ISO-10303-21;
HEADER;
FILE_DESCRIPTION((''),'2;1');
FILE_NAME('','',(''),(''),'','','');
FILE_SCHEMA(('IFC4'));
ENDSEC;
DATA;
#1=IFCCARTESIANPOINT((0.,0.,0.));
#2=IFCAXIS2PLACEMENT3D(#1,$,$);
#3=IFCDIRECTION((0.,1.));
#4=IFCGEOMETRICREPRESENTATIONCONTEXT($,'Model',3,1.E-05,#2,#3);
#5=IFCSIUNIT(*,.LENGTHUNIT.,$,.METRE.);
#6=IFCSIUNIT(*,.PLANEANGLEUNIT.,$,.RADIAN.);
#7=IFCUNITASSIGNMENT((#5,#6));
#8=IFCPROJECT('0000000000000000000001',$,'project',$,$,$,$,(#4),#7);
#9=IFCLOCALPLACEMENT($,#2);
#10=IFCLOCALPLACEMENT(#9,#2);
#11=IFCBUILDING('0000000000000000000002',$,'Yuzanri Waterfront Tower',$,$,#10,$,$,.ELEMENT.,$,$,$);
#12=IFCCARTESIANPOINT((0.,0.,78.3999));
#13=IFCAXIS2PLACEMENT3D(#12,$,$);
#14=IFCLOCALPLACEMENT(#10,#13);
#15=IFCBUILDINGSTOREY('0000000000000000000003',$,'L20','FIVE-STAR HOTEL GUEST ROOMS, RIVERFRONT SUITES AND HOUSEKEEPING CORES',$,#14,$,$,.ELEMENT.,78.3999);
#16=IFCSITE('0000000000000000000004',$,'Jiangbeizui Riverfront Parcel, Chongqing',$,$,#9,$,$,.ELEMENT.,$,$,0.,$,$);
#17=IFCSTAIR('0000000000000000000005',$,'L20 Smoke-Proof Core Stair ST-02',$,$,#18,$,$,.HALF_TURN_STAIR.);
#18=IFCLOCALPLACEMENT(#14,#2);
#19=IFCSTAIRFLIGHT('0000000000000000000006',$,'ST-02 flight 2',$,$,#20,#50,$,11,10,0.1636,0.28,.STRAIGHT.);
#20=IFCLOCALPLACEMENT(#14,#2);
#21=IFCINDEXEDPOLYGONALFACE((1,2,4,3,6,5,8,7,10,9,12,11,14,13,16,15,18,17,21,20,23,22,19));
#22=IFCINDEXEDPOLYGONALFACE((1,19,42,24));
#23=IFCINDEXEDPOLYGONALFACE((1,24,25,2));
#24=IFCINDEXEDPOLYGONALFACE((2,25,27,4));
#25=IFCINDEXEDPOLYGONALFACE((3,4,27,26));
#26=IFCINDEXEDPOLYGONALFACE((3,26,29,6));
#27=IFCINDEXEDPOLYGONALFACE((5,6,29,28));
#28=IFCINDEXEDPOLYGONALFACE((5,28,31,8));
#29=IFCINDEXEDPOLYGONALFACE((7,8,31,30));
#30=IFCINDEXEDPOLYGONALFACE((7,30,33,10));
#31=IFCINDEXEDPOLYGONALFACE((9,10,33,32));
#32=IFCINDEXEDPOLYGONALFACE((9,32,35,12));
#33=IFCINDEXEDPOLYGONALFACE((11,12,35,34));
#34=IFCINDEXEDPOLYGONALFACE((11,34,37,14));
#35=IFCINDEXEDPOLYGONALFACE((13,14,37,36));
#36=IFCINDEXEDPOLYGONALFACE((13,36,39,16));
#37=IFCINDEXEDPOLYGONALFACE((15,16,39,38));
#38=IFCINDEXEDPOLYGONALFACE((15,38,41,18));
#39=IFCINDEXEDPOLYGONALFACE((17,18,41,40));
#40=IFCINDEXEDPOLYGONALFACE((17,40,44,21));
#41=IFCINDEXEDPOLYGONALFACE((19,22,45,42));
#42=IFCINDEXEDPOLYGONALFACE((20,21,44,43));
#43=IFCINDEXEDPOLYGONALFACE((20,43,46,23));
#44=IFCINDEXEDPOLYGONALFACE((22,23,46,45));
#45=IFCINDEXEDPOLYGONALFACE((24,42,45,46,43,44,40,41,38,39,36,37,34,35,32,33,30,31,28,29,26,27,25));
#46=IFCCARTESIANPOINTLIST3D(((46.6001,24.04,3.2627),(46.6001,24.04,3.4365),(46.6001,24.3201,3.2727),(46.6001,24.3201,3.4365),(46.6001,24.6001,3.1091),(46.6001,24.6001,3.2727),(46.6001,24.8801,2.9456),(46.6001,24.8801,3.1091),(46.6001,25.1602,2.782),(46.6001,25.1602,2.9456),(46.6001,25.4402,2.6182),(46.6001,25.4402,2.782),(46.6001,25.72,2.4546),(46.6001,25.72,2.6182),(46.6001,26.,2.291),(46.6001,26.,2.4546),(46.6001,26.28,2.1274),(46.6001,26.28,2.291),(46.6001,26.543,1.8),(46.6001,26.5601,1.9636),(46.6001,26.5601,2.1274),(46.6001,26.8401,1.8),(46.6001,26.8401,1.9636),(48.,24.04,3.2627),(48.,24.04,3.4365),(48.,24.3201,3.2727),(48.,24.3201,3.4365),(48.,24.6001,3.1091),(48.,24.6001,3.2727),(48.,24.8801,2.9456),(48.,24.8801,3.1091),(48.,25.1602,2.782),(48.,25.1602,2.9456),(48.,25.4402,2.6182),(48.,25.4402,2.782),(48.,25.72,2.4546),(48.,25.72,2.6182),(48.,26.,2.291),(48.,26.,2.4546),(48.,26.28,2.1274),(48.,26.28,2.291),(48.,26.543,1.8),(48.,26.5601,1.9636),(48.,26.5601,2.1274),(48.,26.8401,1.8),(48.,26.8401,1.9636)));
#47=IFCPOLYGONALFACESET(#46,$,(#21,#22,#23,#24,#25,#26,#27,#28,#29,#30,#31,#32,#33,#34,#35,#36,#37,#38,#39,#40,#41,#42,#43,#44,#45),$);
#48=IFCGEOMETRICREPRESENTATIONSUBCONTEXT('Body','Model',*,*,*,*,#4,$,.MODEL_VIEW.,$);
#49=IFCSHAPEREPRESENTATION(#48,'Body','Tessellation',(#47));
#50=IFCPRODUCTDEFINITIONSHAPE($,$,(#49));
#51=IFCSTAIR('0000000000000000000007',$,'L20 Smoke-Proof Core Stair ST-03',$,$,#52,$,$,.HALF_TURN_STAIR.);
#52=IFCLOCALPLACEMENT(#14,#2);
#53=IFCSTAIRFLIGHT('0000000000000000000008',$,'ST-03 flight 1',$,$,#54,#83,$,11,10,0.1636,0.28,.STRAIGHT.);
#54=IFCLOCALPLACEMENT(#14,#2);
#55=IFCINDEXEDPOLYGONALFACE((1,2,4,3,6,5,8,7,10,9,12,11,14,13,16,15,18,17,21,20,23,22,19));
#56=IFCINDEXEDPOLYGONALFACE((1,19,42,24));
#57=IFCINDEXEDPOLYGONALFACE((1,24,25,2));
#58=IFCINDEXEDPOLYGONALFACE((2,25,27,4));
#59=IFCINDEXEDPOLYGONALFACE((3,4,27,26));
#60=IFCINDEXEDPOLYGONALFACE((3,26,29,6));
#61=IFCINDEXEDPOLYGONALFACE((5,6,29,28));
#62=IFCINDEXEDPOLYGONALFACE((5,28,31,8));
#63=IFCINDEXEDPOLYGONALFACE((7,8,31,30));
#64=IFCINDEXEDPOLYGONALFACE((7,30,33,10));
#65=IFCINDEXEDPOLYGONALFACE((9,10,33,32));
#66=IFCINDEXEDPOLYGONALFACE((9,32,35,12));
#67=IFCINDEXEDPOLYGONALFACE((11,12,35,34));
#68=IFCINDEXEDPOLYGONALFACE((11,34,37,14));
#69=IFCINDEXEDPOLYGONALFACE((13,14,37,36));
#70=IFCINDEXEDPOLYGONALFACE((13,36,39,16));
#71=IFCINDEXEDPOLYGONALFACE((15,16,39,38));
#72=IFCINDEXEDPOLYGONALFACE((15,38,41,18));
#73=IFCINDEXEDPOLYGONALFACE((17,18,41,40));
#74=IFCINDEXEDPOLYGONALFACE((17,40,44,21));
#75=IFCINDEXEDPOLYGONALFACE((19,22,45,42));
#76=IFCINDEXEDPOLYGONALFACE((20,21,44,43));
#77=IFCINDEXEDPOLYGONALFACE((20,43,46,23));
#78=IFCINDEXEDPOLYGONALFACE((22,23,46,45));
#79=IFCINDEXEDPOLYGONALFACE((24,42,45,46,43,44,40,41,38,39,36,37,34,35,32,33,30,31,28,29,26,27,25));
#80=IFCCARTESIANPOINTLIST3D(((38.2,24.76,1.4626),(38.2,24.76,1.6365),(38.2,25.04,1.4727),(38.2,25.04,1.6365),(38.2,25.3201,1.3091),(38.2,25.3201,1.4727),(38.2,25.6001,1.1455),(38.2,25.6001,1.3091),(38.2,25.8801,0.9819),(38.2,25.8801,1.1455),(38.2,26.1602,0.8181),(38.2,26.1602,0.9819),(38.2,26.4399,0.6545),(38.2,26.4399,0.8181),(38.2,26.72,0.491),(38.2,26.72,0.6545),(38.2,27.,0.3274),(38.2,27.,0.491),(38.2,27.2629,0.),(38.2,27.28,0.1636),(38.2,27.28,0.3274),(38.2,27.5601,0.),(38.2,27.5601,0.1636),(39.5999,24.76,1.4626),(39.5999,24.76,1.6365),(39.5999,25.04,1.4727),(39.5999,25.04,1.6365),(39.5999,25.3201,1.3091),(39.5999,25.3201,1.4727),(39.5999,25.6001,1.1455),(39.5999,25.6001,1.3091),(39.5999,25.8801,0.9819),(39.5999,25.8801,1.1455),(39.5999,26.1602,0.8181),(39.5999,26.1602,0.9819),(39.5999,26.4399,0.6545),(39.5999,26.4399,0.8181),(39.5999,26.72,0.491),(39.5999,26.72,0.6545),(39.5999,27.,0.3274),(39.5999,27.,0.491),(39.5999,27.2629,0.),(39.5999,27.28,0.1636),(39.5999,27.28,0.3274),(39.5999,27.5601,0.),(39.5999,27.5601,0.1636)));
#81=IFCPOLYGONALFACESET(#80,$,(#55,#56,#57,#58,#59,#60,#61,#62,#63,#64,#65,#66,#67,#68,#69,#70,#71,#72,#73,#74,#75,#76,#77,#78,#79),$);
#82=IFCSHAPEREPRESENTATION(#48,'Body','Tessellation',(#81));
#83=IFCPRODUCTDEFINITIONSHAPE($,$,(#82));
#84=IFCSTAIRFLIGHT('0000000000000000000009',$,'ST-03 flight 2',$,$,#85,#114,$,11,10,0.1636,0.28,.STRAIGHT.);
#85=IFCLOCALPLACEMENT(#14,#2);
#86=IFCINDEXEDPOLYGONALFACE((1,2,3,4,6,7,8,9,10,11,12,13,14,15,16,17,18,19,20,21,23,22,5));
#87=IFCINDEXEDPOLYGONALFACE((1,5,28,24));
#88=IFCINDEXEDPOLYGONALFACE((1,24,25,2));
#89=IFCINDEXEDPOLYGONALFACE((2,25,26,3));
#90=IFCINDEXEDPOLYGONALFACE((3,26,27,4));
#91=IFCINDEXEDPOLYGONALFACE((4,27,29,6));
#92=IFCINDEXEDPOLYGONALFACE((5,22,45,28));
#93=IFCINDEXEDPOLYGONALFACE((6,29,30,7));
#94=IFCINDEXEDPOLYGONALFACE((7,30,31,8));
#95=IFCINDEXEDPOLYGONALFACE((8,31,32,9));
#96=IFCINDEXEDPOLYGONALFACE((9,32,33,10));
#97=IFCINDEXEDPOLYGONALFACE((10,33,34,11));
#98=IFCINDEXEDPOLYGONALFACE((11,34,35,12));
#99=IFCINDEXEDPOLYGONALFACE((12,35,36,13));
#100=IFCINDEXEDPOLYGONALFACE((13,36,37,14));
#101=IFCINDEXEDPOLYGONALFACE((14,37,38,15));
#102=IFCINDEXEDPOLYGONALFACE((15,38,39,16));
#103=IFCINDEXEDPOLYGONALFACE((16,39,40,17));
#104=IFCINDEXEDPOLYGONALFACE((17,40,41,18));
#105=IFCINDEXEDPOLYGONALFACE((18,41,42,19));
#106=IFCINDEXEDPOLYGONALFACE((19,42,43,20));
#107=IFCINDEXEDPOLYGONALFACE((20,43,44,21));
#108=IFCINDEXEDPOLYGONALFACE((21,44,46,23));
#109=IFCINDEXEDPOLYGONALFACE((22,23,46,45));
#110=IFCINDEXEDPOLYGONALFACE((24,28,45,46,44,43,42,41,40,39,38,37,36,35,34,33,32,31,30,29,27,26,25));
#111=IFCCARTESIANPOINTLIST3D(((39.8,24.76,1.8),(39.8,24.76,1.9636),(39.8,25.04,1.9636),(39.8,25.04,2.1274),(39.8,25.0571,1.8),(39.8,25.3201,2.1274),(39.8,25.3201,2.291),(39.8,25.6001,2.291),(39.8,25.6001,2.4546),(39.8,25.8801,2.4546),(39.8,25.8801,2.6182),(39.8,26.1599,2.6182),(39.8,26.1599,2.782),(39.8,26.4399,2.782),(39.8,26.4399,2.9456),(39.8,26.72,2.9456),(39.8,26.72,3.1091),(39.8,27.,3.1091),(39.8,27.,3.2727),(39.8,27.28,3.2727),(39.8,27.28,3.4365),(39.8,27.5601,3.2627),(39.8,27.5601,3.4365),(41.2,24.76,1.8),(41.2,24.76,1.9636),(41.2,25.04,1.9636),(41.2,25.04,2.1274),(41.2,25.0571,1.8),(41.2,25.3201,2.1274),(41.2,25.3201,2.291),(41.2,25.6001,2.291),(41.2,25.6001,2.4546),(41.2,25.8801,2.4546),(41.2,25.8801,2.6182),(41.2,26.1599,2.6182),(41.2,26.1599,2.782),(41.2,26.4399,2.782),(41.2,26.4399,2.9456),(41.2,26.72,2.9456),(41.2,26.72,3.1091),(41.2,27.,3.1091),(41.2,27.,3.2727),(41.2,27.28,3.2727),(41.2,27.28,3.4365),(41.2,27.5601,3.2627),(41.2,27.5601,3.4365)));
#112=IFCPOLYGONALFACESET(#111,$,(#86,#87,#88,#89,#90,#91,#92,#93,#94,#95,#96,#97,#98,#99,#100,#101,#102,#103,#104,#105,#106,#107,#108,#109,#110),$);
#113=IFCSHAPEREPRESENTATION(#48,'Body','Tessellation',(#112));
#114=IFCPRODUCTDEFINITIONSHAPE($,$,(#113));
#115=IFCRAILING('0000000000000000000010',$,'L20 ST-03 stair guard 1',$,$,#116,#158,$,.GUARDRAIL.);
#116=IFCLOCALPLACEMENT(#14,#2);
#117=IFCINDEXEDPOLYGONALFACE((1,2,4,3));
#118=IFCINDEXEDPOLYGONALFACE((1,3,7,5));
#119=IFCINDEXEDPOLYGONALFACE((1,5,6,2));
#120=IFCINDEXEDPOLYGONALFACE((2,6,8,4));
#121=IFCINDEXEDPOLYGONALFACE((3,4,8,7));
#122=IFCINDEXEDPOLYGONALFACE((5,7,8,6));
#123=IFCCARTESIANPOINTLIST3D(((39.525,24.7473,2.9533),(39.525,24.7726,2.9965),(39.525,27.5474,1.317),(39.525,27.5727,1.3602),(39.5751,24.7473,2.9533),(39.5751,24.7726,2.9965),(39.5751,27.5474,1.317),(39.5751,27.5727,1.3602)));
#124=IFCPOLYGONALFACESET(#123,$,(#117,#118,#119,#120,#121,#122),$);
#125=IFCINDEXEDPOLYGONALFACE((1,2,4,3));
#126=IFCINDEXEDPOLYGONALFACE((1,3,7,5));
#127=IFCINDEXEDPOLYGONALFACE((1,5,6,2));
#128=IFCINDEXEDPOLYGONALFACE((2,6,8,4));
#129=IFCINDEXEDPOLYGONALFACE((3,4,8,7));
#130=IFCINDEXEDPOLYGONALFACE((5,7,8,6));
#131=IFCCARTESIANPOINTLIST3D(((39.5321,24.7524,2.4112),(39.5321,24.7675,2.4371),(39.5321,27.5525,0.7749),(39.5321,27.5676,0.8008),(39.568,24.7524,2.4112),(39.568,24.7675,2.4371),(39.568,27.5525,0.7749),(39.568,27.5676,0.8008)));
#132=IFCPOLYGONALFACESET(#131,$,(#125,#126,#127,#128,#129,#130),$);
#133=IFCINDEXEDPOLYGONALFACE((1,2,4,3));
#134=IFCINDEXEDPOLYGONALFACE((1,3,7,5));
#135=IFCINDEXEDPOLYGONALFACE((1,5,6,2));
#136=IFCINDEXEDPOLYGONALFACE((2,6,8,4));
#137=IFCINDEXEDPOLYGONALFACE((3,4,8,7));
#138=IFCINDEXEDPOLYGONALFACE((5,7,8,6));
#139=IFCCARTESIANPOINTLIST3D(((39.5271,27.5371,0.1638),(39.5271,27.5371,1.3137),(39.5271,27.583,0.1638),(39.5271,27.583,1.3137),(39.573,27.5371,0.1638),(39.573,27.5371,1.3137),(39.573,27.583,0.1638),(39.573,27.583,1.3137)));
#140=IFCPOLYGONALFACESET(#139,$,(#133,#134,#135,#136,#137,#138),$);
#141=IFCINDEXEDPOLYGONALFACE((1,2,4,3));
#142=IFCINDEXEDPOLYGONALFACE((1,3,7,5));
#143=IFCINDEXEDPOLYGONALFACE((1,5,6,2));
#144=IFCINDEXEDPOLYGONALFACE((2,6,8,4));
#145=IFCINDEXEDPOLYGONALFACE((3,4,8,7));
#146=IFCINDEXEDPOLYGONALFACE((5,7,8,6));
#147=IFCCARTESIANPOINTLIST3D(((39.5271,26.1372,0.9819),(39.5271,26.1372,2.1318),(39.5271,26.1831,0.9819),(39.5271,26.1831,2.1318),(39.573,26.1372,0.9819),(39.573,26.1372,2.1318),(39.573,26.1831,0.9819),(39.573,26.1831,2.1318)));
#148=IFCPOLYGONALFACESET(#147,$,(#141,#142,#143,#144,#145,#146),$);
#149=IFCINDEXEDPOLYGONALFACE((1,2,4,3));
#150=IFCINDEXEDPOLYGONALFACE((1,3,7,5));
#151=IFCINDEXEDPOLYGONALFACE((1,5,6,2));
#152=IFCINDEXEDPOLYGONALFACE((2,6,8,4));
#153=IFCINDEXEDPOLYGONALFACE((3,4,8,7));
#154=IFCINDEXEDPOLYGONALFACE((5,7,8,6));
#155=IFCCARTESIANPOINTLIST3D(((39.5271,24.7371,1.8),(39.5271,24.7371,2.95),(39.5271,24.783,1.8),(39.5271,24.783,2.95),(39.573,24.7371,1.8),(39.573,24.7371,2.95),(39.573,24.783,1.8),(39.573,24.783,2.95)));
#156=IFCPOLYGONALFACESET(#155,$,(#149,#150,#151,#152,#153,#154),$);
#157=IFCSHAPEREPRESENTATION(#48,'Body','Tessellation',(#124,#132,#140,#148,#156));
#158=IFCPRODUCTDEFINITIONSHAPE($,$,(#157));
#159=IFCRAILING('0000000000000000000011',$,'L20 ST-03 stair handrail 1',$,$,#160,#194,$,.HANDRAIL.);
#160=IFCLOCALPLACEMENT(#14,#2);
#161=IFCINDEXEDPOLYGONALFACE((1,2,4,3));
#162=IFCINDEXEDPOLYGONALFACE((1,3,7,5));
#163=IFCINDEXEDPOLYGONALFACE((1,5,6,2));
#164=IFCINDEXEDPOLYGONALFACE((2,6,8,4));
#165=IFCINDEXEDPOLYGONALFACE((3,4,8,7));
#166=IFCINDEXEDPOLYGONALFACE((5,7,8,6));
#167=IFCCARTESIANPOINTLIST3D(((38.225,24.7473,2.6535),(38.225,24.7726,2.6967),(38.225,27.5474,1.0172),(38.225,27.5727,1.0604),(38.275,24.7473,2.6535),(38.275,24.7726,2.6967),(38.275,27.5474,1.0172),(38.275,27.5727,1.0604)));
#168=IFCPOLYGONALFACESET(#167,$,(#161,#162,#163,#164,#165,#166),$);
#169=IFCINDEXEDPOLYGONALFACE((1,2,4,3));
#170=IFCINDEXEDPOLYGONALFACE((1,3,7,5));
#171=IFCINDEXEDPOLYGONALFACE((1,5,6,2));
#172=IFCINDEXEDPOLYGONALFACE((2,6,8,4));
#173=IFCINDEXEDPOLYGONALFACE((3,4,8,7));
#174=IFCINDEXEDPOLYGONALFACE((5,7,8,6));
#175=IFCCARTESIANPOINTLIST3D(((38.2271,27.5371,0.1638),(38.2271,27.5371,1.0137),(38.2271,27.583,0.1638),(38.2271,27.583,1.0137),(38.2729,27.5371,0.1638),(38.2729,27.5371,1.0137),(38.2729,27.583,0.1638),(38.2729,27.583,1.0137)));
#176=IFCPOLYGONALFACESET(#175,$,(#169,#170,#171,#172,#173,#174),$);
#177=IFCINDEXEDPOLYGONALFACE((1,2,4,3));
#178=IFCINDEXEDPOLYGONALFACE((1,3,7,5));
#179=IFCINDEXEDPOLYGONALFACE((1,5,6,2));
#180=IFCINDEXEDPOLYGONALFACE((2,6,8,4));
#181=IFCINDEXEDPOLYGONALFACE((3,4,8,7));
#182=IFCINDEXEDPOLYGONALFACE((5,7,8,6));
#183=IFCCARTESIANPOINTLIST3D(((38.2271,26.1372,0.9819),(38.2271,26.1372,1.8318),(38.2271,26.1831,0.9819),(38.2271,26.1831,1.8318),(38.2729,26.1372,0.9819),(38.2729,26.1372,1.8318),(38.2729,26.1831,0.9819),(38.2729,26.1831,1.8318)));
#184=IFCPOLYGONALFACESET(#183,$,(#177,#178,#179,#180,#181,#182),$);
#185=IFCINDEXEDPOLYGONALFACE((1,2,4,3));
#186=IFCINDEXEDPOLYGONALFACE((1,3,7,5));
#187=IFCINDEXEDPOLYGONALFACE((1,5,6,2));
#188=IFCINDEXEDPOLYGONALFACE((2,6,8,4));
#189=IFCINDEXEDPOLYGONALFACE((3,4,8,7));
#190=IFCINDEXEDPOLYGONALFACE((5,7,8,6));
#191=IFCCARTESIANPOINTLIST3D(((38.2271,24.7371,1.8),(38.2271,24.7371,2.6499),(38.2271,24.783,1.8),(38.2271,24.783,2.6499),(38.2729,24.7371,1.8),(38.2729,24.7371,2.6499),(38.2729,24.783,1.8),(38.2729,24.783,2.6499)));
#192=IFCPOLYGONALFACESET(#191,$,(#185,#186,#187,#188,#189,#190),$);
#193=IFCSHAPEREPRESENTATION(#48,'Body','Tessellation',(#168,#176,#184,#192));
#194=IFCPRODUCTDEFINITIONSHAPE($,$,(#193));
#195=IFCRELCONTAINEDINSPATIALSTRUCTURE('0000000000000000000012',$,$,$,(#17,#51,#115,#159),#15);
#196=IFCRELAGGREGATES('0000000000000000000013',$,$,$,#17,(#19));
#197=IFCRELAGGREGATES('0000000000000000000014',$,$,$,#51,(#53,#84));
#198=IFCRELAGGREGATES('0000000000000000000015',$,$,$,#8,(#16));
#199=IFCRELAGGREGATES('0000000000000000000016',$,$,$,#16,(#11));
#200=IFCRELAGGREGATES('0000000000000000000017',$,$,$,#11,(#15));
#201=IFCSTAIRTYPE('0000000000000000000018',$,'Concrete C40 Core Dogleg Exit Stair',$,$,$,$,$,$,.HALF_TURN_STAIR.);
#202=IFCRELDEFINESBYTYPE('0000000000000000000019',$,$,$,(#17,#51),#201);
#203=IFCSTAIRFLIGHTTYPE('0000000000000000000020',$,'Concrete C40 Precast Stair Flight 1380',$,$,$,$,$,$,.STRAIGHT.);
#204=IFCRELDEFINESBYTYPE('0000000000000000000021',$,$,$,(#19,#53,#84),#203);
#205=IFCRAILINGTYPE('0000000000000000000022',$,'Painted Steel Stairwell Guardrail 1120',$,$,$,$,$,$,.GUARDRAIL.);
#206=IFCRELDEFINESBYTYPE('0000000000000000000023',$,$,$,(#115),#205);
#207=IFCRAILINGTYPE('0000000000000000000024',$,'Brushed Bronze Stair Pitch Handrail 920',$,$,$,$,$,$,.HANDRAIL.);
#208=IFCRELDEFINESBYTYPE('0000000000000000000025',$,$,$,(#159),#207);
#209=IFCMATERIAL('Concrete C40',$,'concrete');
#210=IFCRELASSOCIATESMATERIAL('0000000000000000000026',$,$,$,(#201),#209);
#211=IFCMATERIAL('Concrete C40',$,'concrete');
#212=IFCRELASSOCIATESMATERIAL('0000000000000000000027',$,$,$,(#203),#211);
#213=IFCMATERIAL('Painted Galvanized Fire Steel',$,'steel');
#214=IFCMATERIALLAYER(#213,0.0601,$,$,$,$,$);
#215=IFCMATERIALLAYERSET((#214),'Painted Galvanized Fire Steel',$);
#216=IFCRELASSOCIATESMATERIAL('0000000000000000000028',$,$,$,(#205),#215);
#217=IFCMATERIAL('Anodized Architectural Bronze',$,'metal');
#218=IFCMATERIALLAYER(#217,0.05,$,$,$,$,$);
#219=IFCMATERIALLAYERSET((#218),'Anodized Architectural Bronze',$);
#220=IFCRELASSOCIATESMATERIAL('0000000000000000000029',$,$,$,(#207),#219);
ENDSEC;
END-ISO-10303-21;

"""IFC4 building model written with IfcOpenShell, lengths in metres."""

from ifc_helpers import new_model, si_unit, direction, frame, origin, origin_2d, place, context, subcontext, project, spatial, polyline, rectangle, outline, extrude, source, transform, mapped, material, layer, layer_set, type_object, element, aggregate, save


model = new_model("IFC4")

# Units and contexts
model_context = context("Model", 3, precision=1e-05, world=origin(), true_north=direction((0.0, 1.0)))
body_context = subcontext(model_context, "Body", "Model", "MODEL_VIEW")
ifc_project = project(units=[si_unit("LENGTHUNIT", "METRE"), si_unit("PLANEANGLEUNIT", "RADIAN")], contexts=[model_context])

# Site, building, storey
site_placement = place(None, origin())
site = spatial("IfcSite", under=ifc_project, at=site_placement, Name="Jiangbeizui Riverfront Parcel, Chongqing", CompositionType="ELEMENT", RefElevation=0.0)
building_placement = place(site_placement, origin())
building = spatial("IfcBuilding", under=site, at=building_placement, Name="Yuzanri Waterfront Tower", CompositionType="ELEMENT")
storey_placement = place(building_placement, frame((0.0, 0.0, 78.3999)))
storey = spatial("IfcBuildingStorey", under=building, at=storey_placement, Name="L20", Description="FIVE-STAR HOTEL GUEST ROOMS, RIVERFRONT SUITES AND HOUSEKEEPING CORES", CompositionType="ELEMENT", Elevation=78.3999)

# Stair, stair flight
ifc_material_1 = material(Name="Concrete C40", Category="concrete")
stair_type = type_object("IfcStairType", Name="Concrete C40 Core Dogleg Exit Stair", PredefinedType="HALF_TURN_STAIR", material=ifc_material_1)
stair_1_placement = place(storey_placement, origin())
stair_1 = element("IfcStair", 1, at=stair_1_placement, inside=storey, type_object=stair_type, Name="L20 Smoke-Proof Core Stair ST-02", PredefinedType="HALF_TURN_STAIR")
ifc_material_2 = material(Name="Concrete C40", Category="concrete")
stair_flight_type = type_object("IfcStairFlightType", Name="Concrete C40 Precast Stair Flight 1380", PredefinedType="STRAIGHT", material=ifc_material_2)
shared_shape_1 = source(origin(), body_context, "Body", "SweptSolid", [
    extrude(outline(polyline([(0.0, 0.0), (0.0, 0.1636), (0.28, 0.1636), (0.28, 0.3274), (0.5601, 0.3274), (0.5601, 0.491), (0.8401, 0.491), (0.8401, 0.6545), (1.1201, 0.6545), (1.1201, 0.8181), (1.3999, 0.8181), (1.3999, 0.9819), (1.6799, 0.9819), (1.6799, 1.1455), (1.96, 1.1455), (1.96, 1.3091), (2.24, 1.3091), (2.24, 1.4727), (2.52, 1.4727), (2.52, 1.6365), (2.8, 1.6365), (2.8, 1.8), (2.8, 1.4626), (0.2971, 0.0), (0.0, 0.0)])), frame((0.0, 0.7, 0.0), z_axis=(0.0, -1.0, 0.0), x_axis=(1.0, 0.0, 0.0)), (0.0, 0.0, 1.0), 1.3999),
])
stair_flight_1_placement = place(storey_placement, frame((47.3, 26.8401, 1.8), z_axis=(0.0, 0.0, 1.0), x_axis=(0.0, -1.0, 0.0)))
stair_flight_1 = element("IfcStairFlight", 2, at=stair_flight_1_placement, type_object=stair_flight_type, Name="ST-02 flight 2", NumberOfRisers=11, NumberOfTreads=10, PredefinedType="STRAIGHT", RiserHeight=0.1636, TreadLength=0.28, context=body_context, shape_type="MappedRepresentation", body=[
    mapped(shared_shape_1, transform((0.0, 0.0, 0.0), scale=1.0)),
])
aggregate(stair_1, [stair_flight_1])

# Stair, stair flights
stair_2_placement = place(storey_placement, origin())
stair_2 = element("IfcStair", 3, at=stair_2_placement, inside=storey, type_object=stair_type, Name="L20 Smoke-Proof Core Stair ST-03", PredefinedType="HALF_TURN_STAIR")
stair_flight_2_placement = place(storey_placement, frame((38.8999, 27.5601, 0.0), z_axis=(0.0, 0.0, 1.0), x_axis=(0.0, -1.0, 0.0)))
stair_flight_2 = element("IfcStairFlight", 4, at=stair_flight_2_placement, type_object=stair_flight_type, Name="ST-03 flight 1", NumberOfRisers=11, NumberOfTreads=10, PredefinedType="STRAIGHT", RiserHeight=0.1636, TreadLength=0.28, context=body_context, shape_type="MappedRepresentation", body=[
    mapped(shared_shape_1, transform((0.0, 0.0, 0.0), scale=1.0)),
])
stair_flight_3_placement = place(storey_placement, frame((40.5, 24.76, 1.8), z_axis=(0.0, 0.0, 1.0), x_axis=(0.0, 1.0, 0.0)))
stair_flight_3 = element("IfcStairFlight", 5, at=stair_flight_3_placement, type_object=stair_flight_type, Name="ST-03 flight 2", NumberOfRisers=11, NumberOfTreads=10, PredefinedType="STRAIGHT", RiserHeight=0.1636, TreadLength=0.28, context=body_context, shape_type="MappedRepresentation", body=[
    mapped(shared_shape_1, transform((0.0, 0.0, 0.0), scale=1.0)),
])
aggregate(stair_2, [stair_flight_2, stair_flight_3])

# Railings
ifc_material_3 = material(Name="Painted Galvanized Fire Steel", Category="steel")
ifc_layer_1 = layer(ifc_material_3, 0.0601)
ifc_layer_set_1 = layer_set([ifc_layer_1], Name="Painted Galvanized Fire Steel")
railing_type_1 = type_object("IfcRailingType", Name="Painted Steel Stairwell Guardrail 1120", PredefinedType="GUARDRAIL", material=ifc_layer_set_1)
shared_shape_2 = source(origin(), body_context, "Body", "SweptSolid", [
    extrude(rectangle(XDim=0.05, YDim=0.05, at=origin_2d()), frame((0.0, 0.0, 1.1748), z_axis=(0.0, -0.863394, 0.504531), x_axis=(1.0, 0.0, 0.0)), (0.0, 0.0, 1.0), 3.2432),
    extrude(rectangle(XDim=0.0359, YDim=0.03, at=origin_2d()), frame((0.0, 0.0, 0.624), z_axis=(0.0, -0.863394, 0.504531), x_axis=(1.0, 0.0, 0.0)), (0.0, 0.0, 1.0), 3.2432),
    extrude(rectangle(XDim=0.0459, YDim=0.0459, at=origin_2d()), origin(), (0.0, 0.0, 1.0), 1.1499),
    extrude(rectangle(XDim=0.0459, YDim=0.0459, at=origin_2d()), frame((0.0, -1.3999, 0.8181)), (0.0, 0.0, 1.0), 1.1499),
    extrude(rectangle(XDim=0.0459, YDim=0.0459, at=origin_2d()), frame((0.0, -2.8, 1.6362)), (0.0, 0.0, 1.0), 1.1499),
])
railing_1_placement = place(storey_placement, frame((39.55, 27.5601, 0.1638)))
element("IfcRailing", 6, at=railing_1_placement, inside=storey, type_object=railing_type_1, Name="L20 ST-03 stair guard 1", PredefinedType="GUARDRAIL", context=body_context, shape_type="MappedRepresentation", body=[
    mapped(shared_shape_2, transform((0.0, 0.0, 0.0), scale=1.0)),
])
ifc_material_4 = material(Name="Anodized Architectural Bronze", Category="metal")
ifc_layer_2 = layer(ifc_material_4, 0.05)
ifc_layer_set_2 = layer_set([ifc_layer_2], Name="Anodized Architectural Bronze")
railing_type_2 = type_object("IfcRailingType", Name="Brushed Bronze Stair Pitch Handrail 920", PredefinedType="HANDRAIL", material=ifc_layer_set_2)
shared_shape_3 = source(origin(), body_context, "Body", "SweptSolid", [
    extrude(rectangle(XDim=0.05, YDim=0.05, at=origin_2d()), frame((0.0, 0.0, 0.875), z_axis=(0.0, -0.863394, 0.504531), x_axis=(1.0, 0.0, 0.0)), (0.0, 0.0, 1.0), 3.2432),
    extrude(rectangle(XDim=0.0459, YDim=0.0459, at=origin_2d()), origin(), (0.0, 0.0, 1.0), 0.8499),
    extrude(rectangle(XDim=0.0459, YDim=0.0459, at=origin_2d()), frame((0.0, -1.3999, 0.8181)), (0.0, 0.0, 1.0), 0.8499),
    extrude(rectangle(XDim=0.0459, YDim=0.0459, at=origin_2d()), frame((0.0, -2.8, 1.6362)), (0.0, 0.0, 1.0), 0.8499),
])
railing_2_placement = place(storey_placement, frame((38.25, 27.5601, 0.1638)))
element("IfcRailing", 7, at=railing_2_placement, inside=storey, type_object=railing_type_2, Name="L20 ST-03 stair handrail 1", PredefinedType="HANDRAIL", context=body_context, shape_type="MappedRepresentation", body=[
    mapped(shared_shape_3, transform((0.0, 0.0, 0.0), scale=1.0)),
])

save(model, "model.ifc")
